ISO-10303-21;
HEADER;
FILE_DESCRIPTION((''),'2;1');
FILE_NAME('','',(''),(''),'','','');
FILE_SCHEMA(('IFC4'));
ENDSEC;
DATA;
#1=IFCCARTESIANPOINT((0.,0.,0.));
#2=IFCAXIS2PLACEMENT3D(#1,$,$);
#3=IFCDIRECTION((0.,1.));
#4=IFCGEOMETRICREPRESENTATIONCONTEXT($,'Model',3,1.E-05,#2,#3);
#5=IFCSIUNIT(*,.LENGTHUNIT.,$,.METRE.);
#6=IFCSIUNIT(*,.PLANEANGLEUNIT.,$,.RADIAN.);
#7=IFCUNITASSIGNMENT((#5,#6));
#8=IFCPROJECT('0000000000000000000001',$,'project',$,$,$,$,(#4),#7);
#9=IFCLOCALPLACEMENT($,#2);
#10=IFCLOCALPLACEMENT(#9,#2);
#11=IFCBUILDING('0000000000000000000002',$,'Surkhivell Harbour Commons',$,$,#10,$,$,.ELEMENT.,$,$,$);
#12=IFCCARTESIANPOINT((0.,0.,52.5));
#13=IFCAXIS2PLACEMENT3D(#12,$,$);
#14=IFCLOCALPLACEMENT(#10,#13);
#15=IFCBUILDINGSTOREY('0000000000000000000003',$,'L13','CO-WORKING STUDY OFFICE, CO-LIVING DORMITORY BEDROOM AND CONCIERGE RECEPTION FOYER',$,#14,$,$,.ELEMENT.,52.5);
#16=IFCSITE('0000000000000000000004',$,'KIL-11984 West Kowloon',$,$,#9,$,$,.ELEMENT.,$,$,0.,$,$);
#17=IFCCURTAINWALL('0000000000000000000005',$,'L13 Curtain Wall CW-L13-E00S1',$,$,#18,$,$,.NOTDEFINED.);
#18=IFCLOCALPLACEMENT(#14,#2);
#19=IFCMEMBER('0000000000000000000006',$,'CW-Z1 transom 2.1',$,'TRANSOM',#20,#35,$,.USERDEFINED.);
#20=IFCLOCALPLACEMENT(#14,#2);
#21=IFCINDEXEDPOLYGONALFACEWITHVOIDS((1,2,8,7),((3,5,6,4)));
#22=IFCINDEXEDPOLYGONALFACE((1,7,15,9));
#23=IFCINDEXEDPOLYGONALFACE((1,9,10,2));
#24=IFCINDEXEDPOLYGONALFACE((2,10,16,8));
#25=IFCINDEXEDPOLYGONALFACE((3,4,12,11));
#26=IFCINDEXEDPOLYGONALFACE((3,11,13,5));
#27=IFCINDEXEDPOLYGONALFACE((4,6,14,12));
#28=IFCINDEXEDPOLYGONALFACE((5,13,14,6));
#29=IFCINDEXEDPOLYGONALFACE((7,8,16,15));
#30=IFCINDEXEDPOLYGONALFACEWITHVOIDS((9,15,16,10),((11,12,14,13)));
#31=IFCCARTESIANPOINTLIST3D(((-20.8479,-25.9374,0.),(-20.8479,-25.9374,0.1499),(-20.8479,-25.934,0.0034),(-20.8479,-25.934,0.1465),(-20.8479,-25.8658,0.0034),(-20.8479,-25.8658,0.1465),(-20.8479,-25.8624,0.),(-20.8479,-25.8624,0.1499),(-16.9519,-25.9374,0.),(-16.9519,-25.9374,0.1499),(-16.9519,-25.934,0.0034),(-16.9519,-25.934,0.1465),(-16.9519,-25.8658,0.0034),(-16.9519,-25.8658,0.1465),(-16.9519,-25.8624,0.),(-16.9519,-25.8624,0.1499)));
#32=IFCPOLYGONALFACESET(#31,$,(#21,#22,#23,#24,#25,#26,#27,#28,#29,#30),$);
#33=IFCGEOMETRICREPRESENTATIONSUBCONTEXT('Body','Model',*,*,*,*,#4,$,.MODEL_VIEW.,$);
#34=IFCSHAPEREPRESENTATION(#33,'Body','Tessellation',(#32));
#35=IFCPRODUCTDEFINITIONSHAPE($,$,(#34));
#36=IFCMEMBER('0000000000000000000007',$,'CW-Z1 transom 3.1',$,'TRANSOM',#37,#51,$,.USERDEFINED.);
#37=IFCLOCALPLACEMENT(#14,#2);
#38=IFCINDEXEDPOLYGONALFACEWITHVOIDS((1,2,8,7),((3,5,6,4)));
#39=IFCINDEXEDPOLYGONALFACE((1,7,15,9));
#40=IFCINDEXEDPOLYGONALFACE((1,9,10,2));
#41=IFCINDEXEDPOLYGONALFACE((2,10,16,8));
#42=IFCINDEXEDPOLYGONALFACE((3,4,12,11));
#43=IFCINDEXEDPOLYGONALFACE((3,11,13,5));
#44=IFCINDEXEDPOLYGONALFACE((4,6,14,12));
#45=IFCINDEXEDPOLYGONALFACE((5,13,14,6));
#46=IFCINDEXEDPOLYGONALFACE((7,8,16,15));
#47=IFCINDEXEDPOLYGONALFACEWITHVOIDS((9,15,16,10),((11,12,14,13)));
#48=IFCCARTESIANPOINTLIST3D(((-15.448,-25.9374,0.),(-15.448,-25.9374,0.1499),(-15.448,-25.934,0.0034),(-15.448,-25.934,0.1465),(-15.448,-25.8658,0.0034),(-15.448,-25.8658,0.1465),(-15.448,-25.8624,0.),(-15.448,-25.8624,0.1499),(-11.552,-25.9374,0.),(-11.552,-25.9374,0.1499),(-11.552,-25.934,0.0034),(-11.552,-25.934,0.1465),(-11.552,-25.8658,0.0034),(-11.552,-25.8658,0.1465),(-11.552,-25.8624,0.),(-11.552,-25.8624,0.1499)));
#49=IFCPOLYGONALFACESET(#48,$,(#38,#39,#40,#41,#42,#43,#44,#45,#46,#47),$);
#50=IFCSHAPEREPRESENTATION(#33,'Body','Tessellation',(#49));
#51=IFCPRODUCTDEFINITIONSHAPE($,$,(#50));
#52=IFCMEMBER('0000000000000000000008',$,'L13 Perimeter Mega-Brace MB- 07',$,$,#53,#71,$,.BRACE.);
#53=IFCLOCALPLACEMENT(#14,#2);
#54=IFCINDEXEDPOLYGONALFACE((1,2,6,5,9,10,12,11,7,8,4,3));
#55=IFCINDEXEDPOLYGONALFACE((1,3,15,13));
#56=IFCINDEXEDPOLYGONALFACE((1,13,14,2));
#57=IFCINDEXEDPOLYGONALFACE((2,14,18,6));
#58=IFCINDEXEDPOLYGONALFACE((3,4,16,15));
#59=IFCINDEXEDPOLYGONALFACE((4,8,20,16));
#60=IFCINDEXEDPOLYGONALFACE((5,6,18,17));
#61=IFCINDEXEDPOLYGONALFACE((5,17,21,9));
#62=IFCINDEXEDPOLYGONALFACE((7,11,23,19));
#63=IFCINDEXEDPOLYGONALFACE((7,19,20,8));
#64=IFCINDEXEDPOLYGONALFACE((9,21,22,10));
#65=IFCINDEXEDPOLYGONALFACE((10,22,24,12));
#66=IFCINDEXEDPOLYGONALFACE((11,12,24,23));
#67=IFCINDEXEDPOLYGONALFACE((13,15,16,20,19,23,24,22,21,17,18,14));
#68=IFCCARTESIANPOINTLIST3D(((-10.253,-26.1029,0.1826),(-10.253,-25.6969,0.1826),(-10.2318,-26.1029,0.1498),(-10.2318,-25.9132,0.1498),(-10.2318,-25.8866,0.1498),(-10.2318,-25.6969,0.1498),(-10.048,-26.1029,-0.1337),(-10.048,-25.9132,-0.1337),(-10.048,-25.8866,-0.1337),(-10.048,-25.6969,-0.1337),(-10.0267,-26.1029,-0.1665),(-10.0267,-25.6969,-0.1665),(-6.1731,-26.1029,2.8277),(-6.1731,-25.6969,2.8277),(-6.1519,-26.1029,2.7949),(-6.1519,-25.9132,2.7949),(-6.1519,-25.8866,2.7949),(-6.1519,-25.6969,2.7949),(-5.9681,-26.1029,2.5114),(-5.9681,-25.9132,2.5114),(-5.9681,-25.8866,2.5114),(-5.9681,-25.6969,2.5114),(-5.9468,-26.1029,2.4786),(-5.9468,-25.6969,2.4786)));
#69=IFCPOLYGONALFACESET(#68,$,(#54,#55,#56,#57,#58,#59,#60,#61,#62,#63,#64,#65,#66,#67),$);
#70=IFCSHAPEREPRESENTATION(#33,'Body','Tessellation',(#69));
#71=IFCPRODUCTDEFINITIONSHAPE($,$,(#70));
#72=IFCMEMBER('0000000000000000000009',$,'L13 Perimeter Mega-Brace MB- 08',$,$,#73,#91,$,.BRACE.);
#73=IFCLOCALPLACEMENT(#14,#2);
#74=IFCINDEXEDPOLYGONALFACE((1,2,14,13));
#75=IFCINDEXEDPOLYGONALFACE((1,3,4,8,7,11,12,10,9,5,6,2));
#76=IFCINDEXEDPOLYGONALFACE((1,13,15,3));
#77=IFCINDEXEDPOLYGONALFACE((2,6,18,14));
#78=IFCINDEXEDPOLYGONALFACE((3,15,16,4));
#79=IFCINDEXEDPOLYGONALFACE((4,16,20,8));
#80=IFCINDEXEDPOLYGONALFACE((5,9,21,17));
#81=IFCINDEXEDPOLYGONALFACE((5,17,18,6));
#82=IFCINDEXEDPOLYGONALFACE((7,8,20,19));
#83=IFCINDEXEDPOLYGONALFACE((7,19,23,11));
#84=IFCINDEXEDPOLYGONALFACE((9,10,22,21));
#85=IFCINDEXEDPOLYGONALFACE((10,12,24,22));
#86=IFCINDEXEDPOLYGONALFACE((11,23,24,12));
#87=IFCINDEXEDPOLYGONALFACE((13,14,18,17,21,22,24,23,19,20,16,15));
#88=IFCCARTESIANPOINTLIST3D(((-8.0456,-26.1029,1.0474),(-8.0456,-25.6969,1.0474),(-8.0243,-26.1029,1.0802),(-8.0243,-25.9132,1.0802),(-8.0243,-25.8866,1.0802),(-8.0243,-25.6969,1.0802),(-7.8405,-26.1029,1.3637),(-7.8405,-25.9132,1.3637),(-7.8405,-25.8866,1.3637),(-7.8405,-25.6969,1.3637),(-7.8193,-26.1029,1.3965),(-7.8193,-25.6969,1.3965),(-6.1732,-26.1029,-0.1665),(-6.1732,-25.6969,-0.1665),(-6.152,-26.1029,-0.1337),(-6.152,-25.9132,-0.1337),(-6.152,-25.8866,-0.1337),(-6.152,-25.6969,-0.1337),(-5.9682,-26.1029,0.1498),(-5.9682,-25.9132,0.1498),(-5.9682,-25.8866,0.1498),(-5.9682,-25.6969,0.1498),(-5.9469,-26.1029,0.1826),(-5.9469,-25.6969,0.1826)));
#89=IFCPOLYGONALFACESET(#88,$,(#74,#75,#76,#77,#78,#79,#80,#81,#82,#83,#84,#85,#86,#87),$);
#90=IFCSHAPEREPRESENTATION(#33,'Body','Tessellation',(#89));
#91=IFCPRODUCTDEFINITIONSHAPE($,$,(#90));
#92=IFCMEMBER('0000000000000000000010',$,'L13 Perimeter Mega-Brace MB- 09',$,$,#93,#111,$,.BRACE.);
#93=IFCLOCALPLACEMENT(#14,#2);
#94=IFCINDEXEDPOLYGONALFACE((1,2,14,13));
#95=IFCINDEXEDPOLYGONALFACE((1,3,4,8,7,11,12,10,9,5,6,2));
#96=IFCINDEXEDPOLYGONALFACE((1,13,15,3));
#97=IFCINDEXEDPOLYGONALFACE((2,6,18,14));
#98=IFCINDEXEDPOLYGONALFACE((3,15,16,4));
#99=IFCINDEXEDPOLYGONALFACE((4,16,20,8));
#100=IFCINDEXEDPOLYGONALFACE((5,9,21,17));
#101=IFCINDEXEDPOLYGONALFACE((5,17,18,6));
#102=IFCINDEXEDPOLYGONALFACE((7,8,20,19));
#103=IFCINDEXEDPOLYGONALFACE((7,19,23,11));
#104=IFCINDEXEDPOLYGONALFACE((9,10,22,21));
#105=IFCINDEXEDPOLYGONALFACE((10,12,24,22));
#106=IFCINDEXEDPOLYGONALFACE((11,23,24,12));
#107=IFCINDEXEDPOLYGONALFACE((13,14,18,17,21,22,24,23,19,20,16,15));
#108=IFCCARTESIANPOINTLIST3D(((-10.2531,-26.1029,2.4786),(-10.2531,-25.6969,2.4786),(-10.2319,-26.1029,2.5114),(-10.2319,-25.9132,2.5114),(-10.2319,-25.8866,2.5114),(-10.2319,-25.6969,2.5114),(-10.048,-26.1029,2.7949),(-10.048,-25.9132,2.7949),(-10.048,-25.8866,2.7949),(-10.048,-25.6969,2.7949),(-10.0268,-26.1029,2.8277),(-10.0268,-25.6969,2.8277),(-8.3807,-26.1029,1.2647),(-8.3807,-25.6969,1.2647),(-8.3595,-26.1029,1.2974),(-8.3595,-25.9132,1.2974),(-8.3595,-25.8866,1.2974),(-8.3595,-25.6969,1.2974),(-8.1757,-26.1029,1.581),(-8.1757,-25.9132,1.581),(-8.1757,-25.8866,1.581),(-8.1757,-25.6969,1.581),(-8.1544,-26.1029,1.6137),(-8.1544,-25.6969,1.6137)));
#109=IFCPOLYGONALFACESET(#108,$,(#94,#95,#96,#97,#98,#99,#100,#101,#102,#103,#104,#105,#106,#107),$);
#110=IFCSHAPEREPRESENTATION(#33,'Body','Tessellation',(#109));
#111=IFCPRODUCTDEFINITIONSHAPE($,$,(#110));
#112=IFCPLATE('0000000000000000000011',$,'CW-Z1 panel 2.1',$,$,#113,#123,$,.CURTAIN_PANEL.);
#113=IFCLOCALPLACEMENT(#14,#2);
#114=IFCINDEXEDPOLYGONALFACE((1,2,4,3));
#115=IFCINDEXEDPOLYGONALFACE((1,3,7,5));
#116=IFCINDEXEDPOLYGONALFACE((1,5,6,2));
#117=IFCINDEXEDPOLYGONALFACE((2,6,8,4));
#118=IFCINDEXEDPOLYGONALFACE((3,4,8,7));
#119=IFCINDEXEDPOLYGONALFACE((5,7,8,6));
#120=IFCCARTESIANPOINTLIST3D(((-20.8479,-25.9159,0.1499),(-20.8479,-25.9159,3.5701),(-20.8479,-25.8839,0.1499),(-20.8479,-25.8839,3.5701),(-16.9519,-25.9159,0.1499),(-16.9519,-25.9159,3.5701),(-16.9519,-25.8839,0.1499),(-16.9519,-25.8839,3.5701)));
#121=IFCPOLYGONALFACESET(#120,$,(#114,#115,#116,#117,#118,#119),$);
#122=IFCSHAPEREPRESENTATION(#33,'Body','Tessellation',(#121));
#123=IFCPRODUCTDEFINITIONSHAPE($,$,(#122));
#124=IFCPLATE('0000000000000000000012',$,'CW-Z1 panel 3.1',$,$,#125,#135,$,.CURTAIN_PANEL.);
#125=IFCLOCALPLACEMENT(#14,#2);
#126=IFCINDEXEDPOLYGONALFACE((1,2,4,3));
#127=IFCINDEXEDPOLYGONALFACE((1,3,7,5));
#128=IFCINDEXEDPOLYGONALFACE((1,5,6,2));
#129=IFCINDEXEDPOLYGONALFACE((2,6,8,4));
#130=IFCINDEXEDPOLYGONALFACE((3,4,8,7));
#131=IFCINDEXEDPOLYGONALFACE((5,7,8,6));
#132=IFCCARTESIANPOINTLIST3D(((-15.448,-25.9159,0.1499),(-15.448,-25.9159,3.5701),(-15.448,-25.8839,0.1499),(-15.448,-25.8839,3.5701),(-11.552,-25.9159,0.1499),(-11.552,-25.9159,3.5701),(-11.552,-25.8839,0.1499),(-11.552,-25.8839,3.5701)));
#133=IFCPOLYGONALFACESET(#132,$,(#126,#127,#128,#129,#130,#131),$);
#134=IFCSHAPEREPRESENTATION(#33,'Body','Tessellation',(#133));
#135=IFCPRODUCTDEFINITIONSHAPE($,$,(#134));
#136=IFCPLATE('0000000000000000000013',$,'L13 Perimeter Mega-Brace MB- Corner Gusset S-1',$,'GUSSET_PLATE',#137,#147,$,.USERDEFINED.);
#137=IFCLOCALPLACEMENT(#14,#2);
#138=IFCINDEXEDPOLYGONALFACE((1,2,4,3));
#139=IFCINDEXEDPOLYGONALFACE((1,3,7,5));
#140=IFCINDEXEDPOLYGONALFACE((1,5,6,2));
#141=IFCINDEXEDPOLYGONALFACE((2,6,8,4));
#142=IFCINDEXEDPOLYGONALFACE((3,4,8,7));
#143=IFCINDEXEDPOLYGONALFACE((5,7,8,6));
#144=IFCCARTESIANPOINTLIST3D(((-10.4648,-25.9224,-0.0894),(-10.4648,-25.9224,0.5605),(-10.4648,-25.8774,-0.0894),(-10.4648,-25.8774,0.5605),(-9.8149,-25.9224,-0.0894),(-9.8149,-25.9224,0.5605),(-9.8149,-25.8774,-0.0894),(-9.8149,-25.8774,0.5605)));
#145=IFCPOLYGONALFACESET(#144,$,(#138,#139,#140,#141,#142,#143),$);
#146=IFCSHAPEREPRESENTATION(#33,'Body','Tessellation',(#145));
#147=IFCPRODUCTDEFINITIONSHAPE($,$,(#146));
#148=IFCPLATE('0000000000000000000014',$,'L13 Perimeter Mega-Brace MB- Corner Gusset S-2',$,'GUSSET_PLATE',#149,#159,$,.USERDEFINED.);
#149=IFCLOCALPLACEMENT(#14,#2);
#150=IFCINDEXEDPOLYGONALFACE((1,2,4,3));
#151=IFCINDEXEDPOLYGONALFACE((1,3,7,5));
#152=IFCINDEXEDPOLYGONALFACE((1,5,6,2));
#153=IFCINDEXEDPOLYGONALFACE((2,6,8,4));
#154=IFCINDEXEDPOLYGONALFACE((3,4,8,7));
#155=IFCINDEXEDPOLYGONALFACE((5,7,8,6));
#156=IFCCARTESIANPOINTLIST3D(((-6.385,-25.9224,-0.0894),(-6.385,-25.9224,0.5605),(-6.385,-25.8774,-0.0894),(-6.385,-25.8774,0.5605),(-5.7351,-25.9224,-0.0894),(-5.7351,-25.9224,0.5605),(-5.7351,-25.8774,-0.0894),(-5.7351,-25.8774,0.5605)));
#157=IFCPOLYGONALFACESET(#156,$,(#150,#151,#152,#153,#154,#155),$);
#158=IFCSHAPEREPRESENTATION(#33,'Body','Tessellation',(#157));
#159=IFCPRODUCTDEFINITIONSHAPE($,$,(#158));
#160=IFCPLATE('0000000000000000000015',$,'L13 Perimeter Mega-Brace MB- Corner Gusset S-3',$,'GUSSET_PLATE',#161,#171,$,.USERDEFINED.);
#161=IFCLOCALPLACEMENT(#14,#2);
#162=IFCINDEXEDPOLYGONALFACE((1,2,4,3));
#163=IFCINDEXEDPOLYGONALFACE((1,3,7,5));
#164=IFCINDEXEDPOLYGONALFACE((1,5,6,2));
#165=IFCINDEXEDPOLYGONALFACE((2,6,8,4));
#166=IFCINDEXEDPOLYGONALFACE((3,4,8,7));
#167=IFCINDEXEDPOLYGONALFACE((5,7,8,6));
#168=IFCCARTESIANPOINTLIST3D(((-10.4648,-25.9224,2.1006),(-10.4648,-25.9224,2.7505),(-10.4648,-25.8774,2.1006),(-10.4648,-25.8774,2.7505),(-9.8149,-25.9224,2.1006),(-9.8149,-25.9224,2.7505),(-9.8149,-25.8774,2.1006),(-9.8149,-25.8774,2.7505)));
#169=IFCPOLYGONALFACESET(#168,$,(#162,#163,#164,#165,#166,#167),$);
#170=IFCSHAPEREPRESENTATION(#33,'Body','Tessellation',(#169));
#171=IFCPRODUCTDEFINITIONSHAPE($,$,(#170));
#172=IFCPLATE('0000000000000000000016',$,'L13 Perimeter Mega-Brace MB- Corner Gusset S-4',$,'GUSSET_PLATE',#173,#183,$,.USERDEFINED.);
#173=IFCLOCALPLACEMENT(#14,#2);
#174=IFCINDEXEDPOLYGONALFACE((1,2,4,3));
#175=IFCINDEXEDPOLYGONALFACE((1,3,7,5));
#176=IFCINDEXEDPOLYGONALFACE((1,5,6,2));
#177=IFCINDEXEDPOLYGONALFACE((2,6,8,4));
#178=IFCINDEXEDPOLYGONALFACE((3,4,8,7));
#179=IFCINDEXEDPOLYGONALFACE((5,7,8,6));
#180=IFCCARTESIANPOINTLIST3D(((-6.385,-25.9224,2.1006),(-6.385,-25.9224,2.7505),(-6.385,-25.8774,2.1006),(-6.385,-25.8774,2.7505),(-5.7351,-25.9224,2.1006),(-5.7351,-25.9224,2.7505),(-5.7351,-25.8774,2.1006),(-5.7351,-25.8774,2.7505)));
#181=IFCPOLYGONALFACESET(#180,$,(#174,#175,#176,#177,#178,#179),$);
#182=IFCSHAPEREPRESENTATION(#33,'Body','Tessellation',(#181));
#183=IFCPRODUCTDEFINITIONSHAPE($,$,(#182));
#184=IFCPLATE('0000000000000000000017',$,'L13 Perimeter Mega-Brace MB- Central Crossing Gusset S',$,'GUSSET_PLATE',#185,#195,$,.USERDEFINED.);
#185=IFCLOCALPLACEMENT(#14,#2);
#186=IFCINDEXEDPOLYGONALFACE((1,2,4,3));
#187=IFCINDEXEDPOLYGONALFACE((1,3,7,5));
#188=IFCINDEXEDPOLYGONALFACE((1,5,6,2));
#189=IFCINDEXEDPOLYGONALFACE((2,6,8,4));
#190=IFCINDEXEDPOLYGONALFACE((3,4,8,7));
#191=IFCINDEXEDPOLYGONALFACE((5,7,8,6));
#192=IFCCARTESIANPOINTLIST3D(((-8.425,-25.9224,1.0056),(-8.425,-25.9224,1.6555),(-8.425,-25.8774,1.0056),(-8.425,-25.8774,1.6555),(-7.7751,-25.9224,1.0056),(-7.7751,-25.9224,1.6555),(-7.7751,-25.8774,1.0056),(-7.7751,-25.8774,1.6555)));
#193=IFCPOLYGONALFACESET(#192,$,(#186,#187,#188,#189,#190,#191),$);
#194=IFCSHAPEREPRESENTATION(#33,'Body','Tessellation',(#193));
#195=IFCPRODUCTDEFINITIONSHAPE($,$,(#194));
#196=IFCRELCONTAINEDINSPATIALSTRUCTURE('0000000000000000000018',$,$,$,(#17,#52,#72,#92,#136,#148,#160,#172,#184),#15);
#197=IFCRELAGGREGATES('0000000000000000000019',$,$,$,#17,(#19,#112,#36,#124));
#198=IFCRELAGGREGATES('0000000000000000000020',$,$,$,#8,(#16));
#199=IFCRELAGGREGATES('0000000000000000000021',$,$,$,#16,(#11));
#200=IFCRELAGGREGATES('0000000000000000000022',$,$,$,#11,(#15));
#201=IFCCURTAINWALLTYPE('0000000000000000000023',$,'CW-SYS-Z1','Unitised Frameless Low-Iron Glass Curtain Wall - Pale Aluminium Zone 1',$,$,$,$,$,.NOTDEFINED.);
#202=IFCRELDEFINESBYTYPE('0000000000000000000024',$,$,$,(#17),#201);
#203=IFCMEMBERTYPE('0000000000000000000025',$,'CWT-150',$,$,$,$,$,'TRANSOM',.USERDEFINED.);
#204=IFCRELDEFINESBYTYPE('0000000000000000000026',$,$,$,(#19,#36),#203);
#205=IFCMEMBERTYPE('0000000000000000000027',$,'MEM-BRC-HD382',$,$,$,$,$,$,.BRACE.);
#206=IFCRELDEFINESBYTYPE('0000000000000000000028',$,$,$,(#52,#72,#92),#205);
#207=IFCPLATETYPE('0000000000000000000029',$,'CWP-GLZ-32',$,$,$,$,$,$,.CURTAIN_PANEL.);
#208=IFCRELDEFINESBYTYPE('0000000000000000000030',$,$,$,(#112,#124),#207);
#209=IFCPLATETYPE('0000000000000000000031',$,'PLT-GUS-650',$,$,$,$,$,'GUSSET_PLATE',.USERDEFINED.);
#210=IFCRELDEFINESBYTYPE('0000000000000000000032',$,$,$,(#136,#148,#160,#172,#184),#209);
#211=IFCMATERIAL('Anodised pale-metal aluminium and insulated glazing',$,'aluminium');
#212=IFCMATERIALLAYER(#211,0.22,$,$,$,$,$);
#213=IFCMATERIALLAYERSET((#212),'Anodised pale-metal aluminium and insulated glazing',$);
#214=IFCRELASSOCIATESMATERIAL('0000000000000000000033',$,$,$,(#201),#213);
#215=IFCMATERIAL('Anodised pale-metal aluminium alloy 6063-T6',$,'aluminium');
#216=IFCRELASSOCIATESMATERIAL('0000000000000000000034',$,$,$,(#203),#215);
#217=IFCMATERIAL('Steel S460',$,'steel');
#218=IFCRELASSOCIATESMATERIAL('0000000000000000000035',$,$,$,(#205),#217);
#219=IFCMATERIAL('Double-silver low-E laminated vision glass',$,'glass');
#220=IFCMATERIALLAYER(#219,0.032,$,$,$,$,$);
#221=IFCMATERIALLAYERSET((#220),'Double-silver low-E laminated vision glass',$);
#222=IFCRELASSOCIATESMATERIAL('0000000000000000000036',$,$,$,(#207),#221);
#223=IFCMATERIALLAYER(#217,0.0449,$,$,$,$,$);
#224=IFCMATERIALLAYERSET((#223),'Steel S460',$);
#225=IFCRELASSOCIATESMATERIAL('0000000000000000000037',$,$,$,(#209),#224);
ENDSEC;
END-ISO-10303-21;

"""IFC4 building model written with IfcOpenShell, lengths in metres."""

from ifc_helpers import new_model, si_unit, direction, frame, frame_2d, origin, origin_2d, place, context, subcontext, project, spatial, rectangle, hollow_rectangle, i_section, extrude, material, layer, layer_set, material_profile, profile_set, type_object, element, aggregate, save


model = new_model("IFC4")

# Units and contexts
model_context = context("Model", 3, precision=1e-05, world=origin(), true_north=direction((0.0, 1.0)))
body_context = subcontext(model_context, "Body", "Model", "MODEL_VIEW")
ifc_project = project(units=[si_unit("LENGTHUNIT", "METRE"), si_unit("PLANEANGLEUNIT", "RADIAN")], contexts=[model_context])

# Site, building, storey
site_placement = place(None, origin())
site = spatial("IfcSite", under=ifc_project, at=site_placement, Name="KIL-11984 West Kowloon", CompositionType="ELEMENT", RefElevation=0.0)
building_placement = place(site_placement, origin())
building = spatial("IfcBuilding", under=site, at=building_placement, Name="Surkhivell Harbour Commons", CompositionType="ELEMENT")
storey_placement = place(building_placement, frame((0.0, 0.0, 52.5)))
storey = spatial("IfcBuildingStorey", under=building, at=storey_placement, Name="L13", Description="CO-WORKING STUDY OFFICE, CO-LIVING DORMITORY BEDROOM AND CONCIERGE RECEPTION FOYER", CompositionType="ELEMENT", Elevation=52.5)

# Shared definitions
ifc_material_1 = material(Name="Steel S460", Category="steel")

# Curtain wall, members
ifc_material_2 = material(Name="Anodised pale-metal aluminium and insulated glazing", Category="aluminium")
ifc_layer_1 = layer(ifc_material_2, 0.22)
ifc_layer_set_1 = layer_set([ifc_layer_1], Name="Anodised pale-metal aluminium and insulated glazing")
curtain_wall_type = type_object("IfcCurtainWallType", Name="CW-SYS-Z1", Description="Unitised Frameless Low-Iron Glass Curtain Wall - Pale Aluminium Zone 1", PredefinedType="NOTDEFINED", material=ifc_layer_set_1)
curtain_wall_placement = place(storey_placement, origin())
curtain_wall = element("IfcCurtainWall", 1, at=curtain_wall_placement, inside=storey, type_object=curtain_wall_type, Name="L13 Curtain Wall CW-L13-E00S1", PredefinedType="NOTDEFINED")
ifc_material_3 = material(Name="Anodised pale-metal aluminium alloy 6063-T6", Category="aluminium")
ifc_material_profile_1 = material_profile(ifc_material_3, hollow_rectangle(XDim=0.075, YDim=0.1499, WallThickness=0.0034, at=origin_2d()), Name="ALU-TRAN-75x150")
ifc_profile_set_1 = profile_set([ifc_material_profile_1], Name="Anodised pale-metal aluminium alloy 6063-T6")
member_type_1 = type_object("IfcMemberType", Name="CWT-150", ElementType="TRANSOM", PredefinedType="USERDEFINED", material=ifc_profile_set_1)
member_1_placement = place(storey_placement, frame((-20.8479, -25.8999, 0.075), z_axis=(1.0, 0.0, 0.0), x_axis=(0.0, 1.0, 0.0)))
member_1 = element("IfcMember", 2, at=member_1_placement, type_object=member_type_1, Name="CW-Z1 transom 2.1", ObjectType="TRANSOM", PredefinedType="USERDEFINED", context=body_context, shape_type="SweptSolid", body=[
    extrude(hollow_rectangle(XDim=0.075, YDim=0.1499, WallThickness=0.0034, at=origin_2d()), origin(), (0.0, 0.0, 1.0), 3.896),
])
member_2_placement = place(storey_placement, frame((-15.448, -25.8999, 0.075), z_axis=(1.0, 0.0, 0.0), x_axis=(0.0, 1.0, 0.0)))
member_2 = element("IfcMember", 3, at=member_2_placement, type_object=member_type_1, Name="CW-Z1 transom 3.1", ObjectType="TRANSOM", PredefinedType="USERDEFINED", context=body_context, shape_type="SweptSolid", body=[
    extrude(hollow_rectangle(XDim=0.075, YDim=0.1499, WallThickness=0.0034, at=origin_2d()), origin(), (0.0, 0.0, 1.0), 3.896),
])

# Members
ifc_material_profile_2 = material_profile(ifc_material_1, i_section(OverallWidth=0.406, OverallDepth=0.416, WebThickness=0.0266, FlangeThickness=0.0391, at=origin_2d()), Name="HD400x382")
ifc_profile_set_2 = profile_set([ifc_material_profile_2], Name="Steel S460")
member_type_2 = type_object("IfcMemberType", Name="MEM-BRC-HD382", PredefinedType="BRACE", material=ifc_profile_set_2)
member_3_placement = place(storey_placement, frame((-10.1399, -25.8999, 0.0081), z_axis=(0.839089, 0.0, 0.543994), x_axis=(0.0, 1.0, 0.0)))
element("IfcMember", 4, at=member_3_placement, inside=storey, type_object=member_type_2, Name="L13 Perimeter Mega-Brace MB- 07", PredefinedType="BRACE", context=body_context, shape_type="SweptSolid", body=[
    extrude(i_section(OverallWidth=0.406, OverallDepth=0.416, WebThickness=0.0266, FlangeThickness=0.0391, at=origin_2d()), origin(), (0.0, 0.0, 1.0), 4.8623),
])
for number, where, z_axis, x_axis, name in (
    (5, (-6.0601, -25.8999, 0.0081), (-0.839085, 0.0, 0.544), (0.0, -1.0, 0.0), "L13 Perimeter Mega-Brace MB- 08"),
    (6, (-8.2676, -25.8999, 1.4392), (-0.839085, 0.0, 0.544), (0.0, -1.0, 0.0), "L13 Perimeter Mega-Brace MB- 09"),
):
    element("IfcMember", number, at=place(storey_placement, frame(where, z_axis=z_axis, x_axis=x_axis)), inside=storey, type_object=member_type_2, Name=name, PredefinedType="BRACE", context=body_context, shape_type="SweptSolid", body=[
        extrude(i_section(OverallWidth=0.406, OverallDepth=0.416, WebThickness=0.0266, FlangeThickness=0.0391, at=origin_2d()), origin(), (0.0, 0.0, 1.0), 2.2314),
    ])

# Plates
ifc_material_4 = material(Name="Double-silver low-E laminated vision glass", Category="glass")
ifc_layer_2 = layer(ifc_material_4, 0.032)
ifc_layer_set_2 = layer_set([ifc_layer_2], Name="Double-silver low-E laminated vision glass")
plate_type_1 = type_object("IfcPlateType", Name="CWP-GLZ-32", PredefinedType="CURTAIN_PANEL", material=ifc_layer_set_2)
plate_1_placement = place(storey_placement, frame((-20.8479, -25.8999, 0.1499), z_axis=(0.0, 0.0, 1.0), x_axis=(1.0, 0.0, 0.0)))
plate_1 = element("IfcPlate", 7, at=plate_1_placement, type_object=plate_type_1, Name="CW-Z1 panel 2.1", PredefinedType="CURTAIN_PANEL", context=body_context, shape_type="SweptSolid", body=[
    extrude(rectangle(XDim=3.896, YDim=0.032, at=frame_2d((1.948, 0.0))), origin(), (0.0, 0.0, 1.0), 3.4202),
])
plate_2_placement = place(storey_placement, frame((-15.448, -25.8999, 0.1499), z_axis=(0.0, 0.0, 1.0), x_axis=(1.0, 0.0, 0.0)))
plate_2 = element("IfcPlate", 8, at=plate_2_placement, type_object=plate_type_1, Name="CW-Z1 panel 3.1", PredefinedType="CURTAIN_PANEL", context=body_context, shape_type="SweptSolid", body=[
    extrude(rectangle(XDim=3.896, YDim=0.032, at=frame_2d((1.948, 0.0))), origin(), (0.0, 0.0, 1.0), 3.4202),
])
aggregate(curtain_wall, [member_1, plate_1, member_2, plate_2])

# Plates
ifc_layer_3 = layer(ifc_material_1, 0.0449)
ifc_layer_set_3 = layer_set([ifc_layer_3], Name="Steel S460")
plate_type_2 = type_object("IfcPlateType", Name="PLT-GUS-650", ElementType="GUSSET_PLATE", PredefinedType="USERDEFINED", material=ifc_layer_set_3)
for number, where, z_axis, x_axis, name in (
    (9, (-10.1399, -25.8999, -0.0894), (0.0, 0.0, 1.0), (1.0, 0.0, 0.0), "L13 Perimeter Mega-Brace MB- Corner Gusset S-1"),
    (10, (-6.0601, -25.8999, -0.0894), (0.0, 0.0, 1.0), (1.0, 0.0, 0.0), "L13 Perimeter Mega-Brace MB- Corner Gusset S-2"),
    (11, (-10.1399, -25.8999, 2.1006), (0.0, 0.0, 1.0), (1.0, 0.0, 0.0), "L13 Perimeter Mega-Brace MB- Corner Gusset S-3"),
    (12, (-6.0601, -25.8999, 2.1006), (0.0, 0.0, 1.0), (1.0, 0.0, 0.0), "L13 Perimeter Mega-Brace MB- Corner Gusset S-4"),
    (13, (-8.1001, -25.8999, 1.0056), (0.0, 0.0, 1.0), (1.0, 0.0, 0.0), "L13 Perimeter Mega-Brace MB- Central Crossing Gusset S"),
):
    element("IfcPlate", number, at=place(storey_placement, frame(where, z_axis=z_axis, x_axis=x_axis)), inside=storey, type_object=plate_type_2, Name=name, ObjectType="GUSSET_PLATE", PredefinedType="USERDEFINED", context=body_context, shape_type="SweptSolid", body=[
        extrude(rectangle(XDim=0.6499, YDim=0.0449, at=origin_2d()), origin(), (0.0, 0.0, 1.0), 0.6499),
    ])

save(model, "model.ifc")
